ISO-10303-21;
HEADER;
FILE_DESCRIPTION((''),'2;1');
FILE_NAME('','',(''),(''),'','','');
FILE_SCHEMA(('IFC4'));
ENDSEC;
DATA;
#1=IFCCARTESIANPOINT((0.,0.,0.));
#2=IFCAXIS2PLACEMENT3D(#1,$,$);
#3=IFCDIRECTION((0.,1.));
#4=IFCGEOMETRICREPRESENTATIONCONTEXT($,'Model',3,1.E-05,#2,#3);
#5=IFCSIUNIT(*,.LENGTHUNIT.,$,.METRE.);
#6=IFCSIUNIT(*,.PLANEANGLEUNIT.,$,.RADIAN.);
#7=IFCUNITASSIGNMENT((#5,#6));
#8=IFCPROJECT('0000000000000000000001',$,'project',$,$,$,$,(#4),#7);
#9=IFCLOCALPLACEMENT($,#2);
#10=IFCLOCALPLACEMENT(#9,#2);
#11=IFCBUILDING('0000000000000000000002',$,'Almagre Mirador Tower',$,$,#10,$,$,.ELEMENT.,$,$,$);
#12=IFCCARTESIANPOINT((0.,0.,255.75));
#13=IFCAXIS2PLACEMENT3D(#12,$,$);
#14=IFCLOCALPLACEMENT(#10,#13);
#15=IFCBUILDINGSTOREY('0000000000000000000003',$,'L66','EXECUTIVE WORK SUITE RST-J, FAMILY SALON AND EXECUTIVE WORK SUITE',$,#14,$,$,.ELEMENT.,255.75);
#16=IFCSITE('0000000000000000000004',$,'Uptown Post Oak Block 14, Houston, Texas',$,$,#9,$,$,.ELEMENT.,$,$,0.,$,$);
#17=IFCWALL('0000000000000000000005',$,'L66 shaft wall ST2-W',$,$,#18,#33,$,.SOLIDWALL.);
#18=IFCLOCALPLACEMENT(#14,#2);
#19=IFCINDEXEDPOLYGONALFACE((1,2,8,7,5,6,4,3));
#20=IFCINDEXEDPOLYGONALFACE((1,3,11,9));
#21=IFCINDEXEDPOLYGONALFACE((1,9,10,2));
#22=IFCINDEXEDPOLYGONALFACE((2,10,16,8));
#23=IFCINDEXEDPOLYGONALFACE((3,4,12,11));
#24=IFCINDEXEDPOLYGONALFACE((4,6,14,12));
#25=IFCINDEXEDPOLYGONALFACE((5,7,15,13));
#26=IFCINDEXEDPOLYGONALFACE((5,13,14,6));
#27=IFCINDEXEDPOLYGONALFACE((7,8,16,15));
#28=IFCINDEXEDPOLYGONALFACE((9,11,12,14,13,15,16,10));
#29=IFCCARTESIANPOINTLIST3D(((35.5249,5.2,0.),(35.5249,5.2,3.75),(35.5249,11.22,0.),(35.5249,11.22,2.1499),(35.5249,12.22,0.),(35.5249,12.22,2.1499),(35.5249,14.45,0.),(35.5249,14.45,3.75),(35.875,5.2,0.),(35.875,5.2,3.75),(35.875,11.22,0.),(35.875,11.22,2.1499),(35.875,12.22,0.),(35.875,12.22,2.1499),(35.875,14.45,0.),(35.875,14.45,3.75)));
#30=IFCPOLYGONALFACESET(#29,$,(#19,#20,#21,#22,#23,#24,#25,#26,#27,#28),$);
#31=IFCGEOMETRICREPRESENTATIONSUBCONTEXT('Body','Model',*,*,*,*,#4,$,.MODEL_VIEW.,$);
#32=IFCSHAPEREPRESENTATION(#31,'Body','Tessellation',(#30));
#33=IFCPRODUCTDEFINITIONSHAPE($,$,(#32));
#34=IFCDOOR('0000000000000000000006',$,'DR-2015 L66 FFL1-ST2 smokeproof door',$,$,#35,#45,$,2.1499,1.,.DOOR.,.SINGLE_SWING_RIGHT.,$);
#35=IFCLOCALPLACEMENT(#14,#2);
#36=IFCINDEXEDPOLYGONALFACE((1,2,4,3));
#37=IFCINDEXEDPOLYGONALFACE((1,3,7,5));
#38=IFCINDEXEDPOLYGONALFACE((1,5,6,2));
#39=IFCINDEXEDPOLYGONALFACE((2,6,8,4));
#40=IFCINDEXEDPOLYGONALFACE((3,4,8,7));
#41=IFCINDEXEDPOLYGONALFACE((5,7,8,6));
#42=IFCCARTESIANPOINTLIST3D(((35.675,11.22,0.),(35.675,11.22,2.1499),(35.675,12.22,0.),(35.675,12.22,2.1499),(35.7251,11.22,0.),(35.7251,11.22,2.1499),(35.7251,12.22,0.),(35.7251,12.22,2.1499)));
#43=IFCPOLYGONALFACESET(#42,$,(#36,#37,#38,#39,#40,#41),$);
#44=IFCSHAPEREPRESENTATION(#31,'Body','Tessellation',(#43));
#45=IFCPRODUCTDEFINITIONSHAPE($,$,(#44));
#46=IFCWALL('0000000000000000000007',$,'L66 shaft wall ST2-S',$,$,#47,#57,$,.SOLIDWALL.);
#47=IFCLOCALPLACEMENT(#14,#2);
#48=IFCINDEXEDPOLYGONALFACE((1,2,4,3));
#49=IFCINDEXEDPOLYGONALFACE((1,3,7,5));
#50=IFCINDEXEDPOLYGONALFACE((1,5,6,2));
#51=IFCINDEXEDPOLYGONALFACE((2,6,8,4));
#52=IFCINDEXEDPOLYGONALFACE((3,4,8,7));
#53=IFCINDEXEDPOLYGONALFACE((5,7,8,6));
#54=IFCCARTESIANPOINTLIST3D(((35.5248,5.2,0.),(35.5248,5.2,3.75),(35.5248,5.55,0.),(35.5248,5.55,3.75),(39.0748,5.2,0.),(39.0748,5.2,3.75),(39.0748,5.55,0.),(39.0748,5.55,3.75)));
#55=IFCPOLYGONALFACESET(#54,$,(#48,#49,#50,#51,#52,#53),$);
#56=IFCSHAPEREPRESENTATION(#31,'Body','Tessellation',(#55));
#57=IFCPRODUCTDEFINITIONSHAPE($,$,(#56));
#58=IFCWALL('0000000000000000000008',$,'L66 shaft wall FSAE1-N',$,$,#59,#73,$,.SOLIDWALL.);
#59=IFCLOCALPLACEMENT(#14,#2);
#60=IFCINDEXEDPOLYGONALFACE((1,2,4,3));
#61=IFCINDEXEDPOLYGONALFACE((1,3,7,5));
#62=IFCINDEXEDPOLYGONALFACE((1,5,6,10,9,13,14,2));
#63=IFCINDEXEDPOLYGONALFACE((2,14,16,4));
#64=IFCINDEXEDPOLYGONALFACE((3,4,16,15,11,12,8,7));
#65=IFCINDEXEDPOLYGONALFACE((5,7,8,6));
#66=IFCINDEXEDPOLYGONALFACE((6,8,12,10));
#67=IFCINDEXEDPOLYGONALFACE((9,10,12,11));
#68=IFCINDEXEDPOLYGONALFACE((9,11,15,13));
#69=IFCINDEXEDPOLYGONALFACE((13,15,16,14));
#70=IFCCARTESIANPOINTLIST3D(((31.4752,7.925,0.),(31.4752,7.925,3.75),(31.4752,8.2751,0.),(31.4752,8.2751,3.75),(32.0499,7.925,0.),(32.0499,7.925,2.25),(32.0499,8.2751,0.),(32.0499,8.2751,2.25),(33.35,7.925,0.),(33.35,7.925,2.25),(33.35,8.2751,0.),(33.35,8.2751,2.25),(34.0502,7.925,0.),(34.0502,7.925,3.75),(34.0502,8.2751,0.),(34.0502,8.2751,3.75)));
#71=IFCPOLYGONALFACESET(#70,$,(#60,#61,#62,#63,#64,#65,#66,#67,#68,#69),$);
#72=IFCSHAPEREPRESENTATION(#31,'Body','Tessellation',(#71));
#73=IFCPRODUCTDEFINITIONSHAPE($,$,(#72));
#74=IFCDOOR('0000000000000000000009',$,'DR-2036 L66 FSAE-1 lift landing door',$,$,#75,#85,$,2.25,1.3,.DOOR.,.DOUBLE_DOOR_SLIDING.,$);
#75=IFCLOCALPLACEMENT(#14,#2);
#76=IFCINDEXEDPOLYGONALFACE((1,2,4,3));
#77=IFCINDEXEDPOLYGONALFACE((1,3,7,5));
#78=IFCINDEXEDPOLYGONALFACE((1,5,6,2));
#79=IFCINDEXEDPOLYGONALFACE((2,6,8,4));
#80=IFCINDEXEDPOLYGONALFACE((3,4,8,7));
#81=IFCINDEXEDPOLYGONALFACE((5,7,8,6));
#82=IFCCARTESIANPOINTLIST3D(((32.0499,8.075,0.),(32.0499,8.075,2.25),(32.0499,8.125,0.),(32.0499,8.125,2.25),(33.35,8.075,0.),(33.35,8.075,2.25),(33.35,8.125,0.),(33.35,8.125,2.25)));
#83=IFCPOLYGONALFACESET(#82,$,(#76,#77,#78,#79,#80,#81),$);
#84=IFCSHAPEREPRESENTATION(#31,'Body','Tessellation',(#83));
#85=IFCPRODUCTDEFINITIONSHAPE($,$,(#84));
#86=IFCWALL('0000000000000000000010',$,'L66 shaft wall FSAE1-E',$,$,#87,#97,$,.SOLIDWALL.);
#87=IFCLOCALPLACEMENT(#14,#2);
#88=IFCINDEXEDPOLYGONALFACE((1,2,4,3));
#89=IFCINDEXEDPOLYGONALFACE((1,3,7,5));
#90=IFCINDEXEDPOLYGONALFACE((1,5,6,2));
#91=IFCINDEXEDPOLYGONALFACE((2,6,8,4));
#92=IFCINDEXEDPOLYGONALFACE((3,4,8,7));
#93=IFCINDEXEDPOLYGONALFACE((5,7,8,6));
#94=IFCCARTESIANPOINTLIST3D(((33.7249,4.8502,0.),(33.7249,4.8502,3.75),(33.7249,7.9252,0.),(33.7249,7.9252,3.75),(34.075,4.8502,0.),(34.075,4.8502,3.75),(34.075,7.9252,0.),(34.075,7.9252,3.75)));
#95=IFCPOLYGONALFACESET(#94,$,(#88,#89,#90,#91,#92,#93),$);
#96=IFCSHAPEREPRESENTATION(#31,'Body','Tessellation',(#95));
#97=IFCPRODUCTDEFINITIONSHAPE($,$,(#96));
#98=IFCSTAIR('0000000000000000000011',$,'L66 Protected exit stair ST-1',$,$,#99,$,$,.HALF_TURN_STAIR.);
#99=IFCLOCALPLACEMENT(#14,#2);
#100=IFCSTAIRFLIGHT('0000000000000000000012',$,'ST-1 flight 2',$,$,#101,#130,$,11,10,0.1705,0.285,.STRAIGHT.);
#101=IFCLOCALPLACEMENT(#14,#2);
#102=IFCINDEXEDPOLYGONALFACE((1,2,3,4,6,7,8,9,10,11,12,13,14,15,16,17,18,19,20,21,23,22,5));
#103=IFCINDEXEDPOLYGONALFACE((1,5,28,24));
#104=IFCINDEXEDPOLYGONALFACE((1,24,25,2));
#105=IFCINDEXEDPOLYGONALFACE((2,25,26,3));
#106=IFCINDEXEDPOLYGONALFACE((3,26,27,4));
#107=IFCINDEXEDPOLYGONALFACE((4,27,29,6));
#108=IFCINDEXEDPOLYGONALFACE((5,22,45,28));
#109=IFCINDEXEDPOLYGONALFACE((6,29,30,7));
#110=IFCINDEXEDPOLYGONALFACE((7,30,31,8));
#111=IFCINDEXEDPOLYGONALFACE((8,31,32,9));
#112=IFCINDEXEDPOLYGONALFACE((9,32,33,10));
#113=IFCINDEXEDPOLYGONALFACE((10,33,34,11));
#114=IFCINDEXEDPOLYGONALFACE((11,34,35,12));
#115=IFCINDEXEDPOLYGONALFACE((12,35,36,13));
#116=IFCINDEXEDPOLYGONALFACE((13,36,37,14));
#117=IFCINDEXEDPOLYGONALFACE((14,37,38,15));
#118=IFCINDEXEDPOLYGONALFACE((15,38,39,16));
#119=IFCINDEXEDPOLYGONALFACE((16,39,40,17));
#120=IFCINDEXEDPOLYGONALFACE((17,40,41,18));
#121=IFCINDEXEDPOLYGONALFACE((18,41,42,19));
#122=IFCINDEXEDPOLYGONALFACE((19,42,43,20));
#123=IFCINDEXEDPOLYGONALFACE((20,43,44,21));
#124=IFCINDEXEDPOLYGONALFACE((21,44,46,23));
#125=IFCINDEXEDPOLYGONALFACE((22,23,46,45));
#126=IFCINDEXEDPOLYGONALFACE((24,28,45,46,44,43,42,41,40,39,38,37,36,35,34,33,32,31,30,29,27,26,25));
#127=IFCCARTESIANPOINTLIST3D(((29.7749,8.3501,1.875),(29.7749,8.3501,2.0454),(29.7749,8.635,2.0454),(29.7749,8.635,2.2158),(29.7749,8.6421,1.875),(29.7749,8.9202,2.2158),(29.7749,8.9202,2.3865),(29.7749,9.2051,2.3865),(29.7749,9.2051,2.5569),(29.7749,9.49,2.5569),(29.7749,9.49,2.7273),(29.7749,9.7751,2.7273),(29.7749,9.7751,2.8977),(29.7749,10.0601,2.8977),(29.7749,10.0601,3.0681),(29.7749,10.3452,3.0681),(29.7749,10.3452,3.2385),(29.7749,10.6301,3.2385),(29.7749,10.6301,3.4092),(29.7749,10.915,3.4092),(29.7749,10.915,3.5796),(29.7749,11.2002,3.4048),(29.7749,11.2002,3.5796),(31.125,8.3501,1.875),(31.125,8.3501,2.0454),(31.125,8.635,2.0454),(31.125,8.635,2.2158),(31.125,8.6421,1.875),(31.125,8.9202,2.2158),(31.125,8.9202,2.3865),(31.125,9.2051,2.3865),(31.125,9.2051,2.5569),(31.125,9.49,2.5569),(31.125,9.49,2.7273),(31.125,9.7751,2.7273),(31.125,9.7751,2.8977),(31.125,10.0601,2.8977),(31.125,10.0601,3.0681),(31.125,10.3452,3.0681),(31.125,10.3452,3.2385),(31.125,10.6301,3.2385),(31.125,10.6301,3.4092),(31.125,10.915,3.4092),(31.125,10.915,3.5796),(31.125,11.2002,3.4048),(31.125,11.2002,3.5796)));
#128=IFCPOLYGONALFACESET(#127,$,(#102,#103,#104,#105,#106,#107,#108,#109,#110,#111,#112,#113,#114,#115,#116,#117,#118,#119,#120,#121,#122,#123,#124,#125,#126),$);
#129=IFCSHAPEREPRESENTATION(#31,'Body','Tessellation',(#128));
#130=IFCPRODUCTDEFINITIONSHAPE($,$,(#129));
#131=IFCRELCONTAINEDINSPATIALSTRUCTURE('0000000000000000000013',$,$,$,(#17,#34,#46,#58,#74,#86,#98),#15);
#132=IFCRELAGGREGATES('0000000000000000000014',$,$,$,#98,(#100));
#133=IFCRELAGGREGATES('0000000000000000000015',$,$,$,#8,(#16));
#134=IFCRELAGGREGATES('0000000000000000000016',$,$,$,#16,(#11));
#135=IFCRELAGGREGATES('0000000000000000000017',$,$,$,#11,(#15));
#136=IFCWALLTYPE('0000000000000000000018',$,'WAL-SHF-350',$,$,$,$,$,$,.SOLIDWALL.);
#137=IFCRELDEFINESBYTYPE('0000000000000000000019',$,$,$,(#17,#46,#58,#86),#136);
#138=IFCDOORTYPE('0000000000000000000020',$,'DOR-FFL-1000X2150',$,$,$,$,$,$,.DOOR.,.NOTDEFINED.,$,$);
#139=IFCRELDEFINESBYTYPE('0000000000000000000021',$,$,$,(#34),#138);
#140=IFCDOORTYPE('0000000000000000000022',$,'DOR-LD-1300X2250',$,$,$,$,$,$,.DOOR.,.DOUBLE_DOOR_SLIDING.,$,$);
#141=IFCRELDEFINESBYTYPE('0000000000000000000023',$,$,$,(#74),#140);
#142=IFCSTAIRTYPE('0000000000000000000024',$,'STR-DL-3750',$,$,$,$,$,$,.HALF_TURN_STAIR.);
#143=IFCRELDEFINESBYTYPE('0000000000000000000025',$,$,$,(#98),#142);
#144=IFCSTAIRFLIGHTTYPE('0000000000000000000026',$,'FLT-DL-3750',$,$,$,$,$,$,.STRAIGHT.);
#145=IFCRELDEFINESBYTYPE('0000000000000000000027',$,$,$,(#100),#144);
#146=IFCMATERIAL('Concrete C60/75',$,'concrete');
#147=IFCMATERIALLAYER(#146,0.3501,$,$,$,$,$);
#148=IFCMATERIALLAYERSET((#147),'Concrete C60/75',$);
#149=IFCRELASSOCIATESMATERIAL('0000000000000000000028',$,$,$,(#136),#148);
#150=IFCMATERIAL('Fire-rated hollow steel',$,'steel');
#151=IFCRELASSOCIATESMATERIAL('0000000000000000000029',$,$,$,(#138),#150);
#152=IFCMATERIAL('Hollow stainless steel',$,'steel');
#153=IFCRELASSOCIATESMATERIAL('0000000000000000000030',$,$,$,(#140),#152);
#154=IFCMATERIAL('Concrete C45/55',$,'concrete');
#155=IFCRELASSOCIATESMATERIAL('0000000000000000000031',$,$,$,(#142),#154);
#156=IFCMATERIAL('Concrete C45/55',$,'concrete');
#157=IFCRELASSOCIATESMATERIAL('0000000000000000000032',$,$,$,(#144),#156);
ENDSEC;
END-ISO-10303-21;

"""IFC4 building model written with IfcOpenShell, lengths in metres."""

from ifc_helpers import new_model, si_unit, direction, frame, frame_2d, origin, place, context, subcontext, project, spatial, polyline, rectangle, outline, extrude, material, layer, layer_set, type_object, element, fill, aggregate, save


model = new_model("IFC4")

# Units and contexts
model_context = context("Model", 3, precision=1e-05, world=origin(), true_north=direction((0.0, 1.0)))
body_context = subcontext(model_context, "Body", "Model", "MODEL_VIEW")
ifc_project = project(units=[si_unit("LENGTHUNIT", "METRE"), si_unit("PLANEANGLEUNIT", "RADIAN")], contexts=[model_context])

# Site, building, storey
site_placement = place(None, origin())
site = spatial("IfcSite", under=ifc_project, at=site_placement, Name="Uptown Post Oak Block 14, Houston, Texas", CompositionType="ELEMENT", RefElevation=0.0)
building_placement = place(site_placement, origin())
building = spatial("IfcBuilding", under=site, at=building_placement, Name="Almagre Mirador Tower", CompositionType="ELEMENT")
storey_placement = place(building_placement, frame((0.0, 0.0, 255.75)))
storey = spatial("IfcBuildingStorey", under=building, at=storey_placement, Name="L66", Description="EXECUTIVE WORK SUITE RST-J, FAMILY SALON AND EXECUTIVE WORK SUITE", CompositionType="ELEMENT", Elevation=255.75)

# Wall, opening, door
ifc_material_1 = material(Name="Concrete C60/75", Category="concrete")
ifc_layer_1 = layer(ifc_material_1, 0.3501)
ifc_layer_set_1 = layer_set([ifc_layer_1], Name="Concrete C60/75")
wall_type_1 = type_object("IfcWallType", Name="WAL-SHF-350", PredefinedType="SOLIDWALL", material=ifc_layer_set_1)
ifc_material_2 = material(Name="Fire-rated hollow steel", Category="steel")
door_type_1 = type_object("IfcDoorType", Name="DOR-FFL-1000X2150", OperationType="NOTDEFINED", PredefinedType="DOOR", material=ifc_material_2)
wall_1_placement = place(storey_placement, frame((35.7, 5.2, 0.0), z_axis=(0.0, 0.0, 1.0), x_axis=(0.0, 1.0, 0.0)))
wall_1 = element("IfcWall", 1, at=wall_1_placement, inside=storey, type_object=wall_type_1, Name="L66 shaft wall ST2-W", PredefinedType="SOLIDWALL", context=body_context, shape_type="SweptSolid", body=[
    extrude(rectangle(XDim=9.25, YDim=0.3501, at=frame_2d((4.625, 0.0))), origin(), (0.0, 0.0, 1.0), 3.75),
])
opening_1_placement = place(wall_1_placement, frame((6.02, 0.0, 0.0)))
opening_1 = element("IfcOpeningElement", 2, at=opening_1_placement, cuts=wall_1, PredefinedType="OPENING", context=body_context, shape_type="SweptSolid", body=[
    extrude(rectangle(XDim=1.0, YDim=2.1499, at=frame_2d((0.5, 1.075))), frame((0.0, 0.185, 0.0), z_axis=(0.0, -1.0, 0.0), x_axis=(1.0, 0.0, 0.0)), (0.0, 0.0, 1.0), 0.3701),
])
door_1_placement = place(opening_1_placement, origin())
door_1 = element("IfcDoor", 3, at=door_1_placement, inside=storey, type_object=door_type_1, Name="DR-2015 L66 FFL1-ST2 smokeproof door", OperationType="SINGLE_SWING_RIGHT", OverallHeight=2.1499, OverallWidth=1.0, PredefinedType="DOOR", context=body_context, shape_type="SweptSolid", body=[
    extrude(rectangle(XDim=1.0, YDim=2.1499, at=frame_2d((0.5, 1.075))), frame((0.0, 0.0249, 0.0), z_axis=(0.0, -1.0, 0.0), x_axis=(1.0, 0.0, 0.0)), (0.0, 0.0, 1.0), 0.05),
])
fill(opening_1, door_1)

# Wall
wall_2_placement = place(storey_placement, frame((35.5249, 5.375, 0.0), z_axis=(0.0, 0.0, 1.0), x_axis=(1.0, 0.0, 0.0)))
element("IfcWall", 4, at=wall_2_placement, inside=storey, type_object=wall_type_1, Name="L66 shaft wall ST2-S", PredefinedType="SOLIDWALL", context=body_context, shape_type="SweptSolid", body=[
    extrude(rectangle(XDim=3.55, YDim=0.3501, at=frame_2d((1.7749, 0.0))), origin(), (0.0, 0.0, 1.0), 3.75),
])

# Wall, opening, door
wall_3_placement = place(storey_placement, frame((31.4751, 8.1001, 0.0), z_axis=(0.0, 0.0, 1.0), x_axis=(1.0, 0.0, 0.0)))
wall_3 = element("IfcWall", 5, at=wall_3_placement, inside=storey, type_object=wall_type_1, Name="L66 shaft wall FSAE1-N", PredefinedType="SOLIDWALL", context=body_context, shape_type="SweptSolid", body=[
    extrude(rectangle(XDim=2.575, YDim=0.3501, at=frame_2d((1.2876, 0.0))), origin(), (0.0, 0.0, 1.0), 3.75),
])
opening_2_placement = place(wall_3_placement, frame((0.575, 0.0, 0.0)))
opening_2 = element("IfcOpeningElement", 6, at=opening_2_placement, cuts=wall_3, PredefinedType="OPENING", context=body_context, shape_type="SweptSolid", body=[
    extrude(rectangle(XDim=1.3, YDim=2.25, at=frame_2d((0.6499, 1.125))), frame((0.0, 0.185, 0.0), z_axis=(0.0, -1.0, 0.0), x_axis=(1.0, 0.0, 0.0)), (0.0, 0.0, 1.0), 0.3701),
])
ifc_material_3 = material(Name="Hollow stainless steel", Category="steel")
door_type_2 = type_object("IfcDoorType", Name="DOR-LD-1300X2250", OperationType="DOUBLE_DOOR_SLIDING", PredefinedType="DOOR", material=ifc_material_3)
door_2_placement = place(opening_2_placement, origin())
door_2 = element("IfcDoor", 7, at=door_2_placement, inside=storey, type_object=door_type_2, Name="DR-2036 L66 FSAE-1 lift landing door", OperationType="DOUBLE_DOOR_SLIDING", OverallHeight=2.25, OverallWidth=1.3, PredefinedType="DOOR", context=body_context, shape_type="SweptSolid", body=[
    extrude(rectangle(XDim=1.3, YDim=2.25, at=frame_2d((0.6499, 1.125))), frame((0.0, 0.0249, 0.0), z_axis=(0.0, -1.0, 0.0), x_axis=(1.0, 0.0, 0.0)), (0.0, 0.0, 1.0), 0.05),
])
fill(opening_2, door_2)

# Wall
wall_4_placement = place(storey_placement, frame((33.8999, 4.8501, 0.0), z_axis=(0.0, 0.0, 1.0), x_axis=(0.0, 1.0, 0.0)))
element("IfcWall", 8, at=wall_4_placement, inside=storey, type_object=wall_type_1, Name="L66 shaft wall FSAE1-E", PredefinedType="SOLIDWALL", context=body_context, shape_type="SweptSolid", body=[
    extrude(rectangle(XDim=3.075, YDim=0.3501, at=frame_2d((1.5376, 0.0))), origin(), (0.0, 0.0, 1.0), 3.75),
])

# Stair, stair flight
ifc_material_4 = material(Name="Concrete C45/55", Category="concrete")
stair_type = type_object("IfcStairType", Name="STR-DL-3750", PredefinedType="HALF_TURN_STAIR", material=ifc_material_4)
stair_placement = place(storey_placement, origin())
stair = element("IfcStair", 9, at=stair_placement, inside=storey, type_object=stair_type, Name="L66 Protected exit stair ST-1", PredefinedType="HALF_TURN_STAIR")
ifc_material_5 = material(Name="Concrete C45/55", Category="concrete")
stair_flight_type = type_object("IfcStairFlightType", Name="FLT-DL-3750", PredefinedType="STRAIGHT", material=ifc_material_5)
stair_flight_placement = place(storey_placement, frame((30.45, 8.3501, 1.875), z_axis=(0.0, 0.0, 1.0), x_axis=(0.0, 1.0, 0.0)))
stair_flight = element("IfcStairFlight", 10, at=stair_flight_placement, type_object=stair_flight_type, Name="ST-1 flight 2", NumberOfRisers=11, NumberOfTreads=10, PredefinedType="STRAIGHT", RiserHeight=0.1705, TreadLength=0.285, context=body_context, shape_type="SweptSolid", body=[
    extrude(outline(polyline([(0.0, 0.0), (0.0, 0.1704), (0.2849, 0.1704), (0.2849, 0.3408), (0.5701, 0.3408), (0.5701, 0.5115), (0.855, 0.5115), (0.855, 0.6819), (1.1399, 0.6819), (1.1399, 0.8523), (1.425, 0.8523), (1.425, 1.0227), (1.71, 1.0227), (1.71, 1.1931), (1.9951, 1.1931), (1.9951, 1.3635), (2.28, 1.3635), (2.28, 1.5342), (2.5649, 1.5342), (2.5649, 1.7046), (2.8501, 1.7046), (2.8501, 1.875), (2.8501, 1.5298), (0.292, 0.0), (0.0, 0.0)])), frame((0.0, 0.675, 0.0), z_axis=(0.0, -1.0, 0.0), x_axis=(1.0, 0.0, 0.0)), (0.0, 0.0, 1.0), 1.3501),
])
aggregate(stair, [stair_flight])

save(model, "model.ifc")
